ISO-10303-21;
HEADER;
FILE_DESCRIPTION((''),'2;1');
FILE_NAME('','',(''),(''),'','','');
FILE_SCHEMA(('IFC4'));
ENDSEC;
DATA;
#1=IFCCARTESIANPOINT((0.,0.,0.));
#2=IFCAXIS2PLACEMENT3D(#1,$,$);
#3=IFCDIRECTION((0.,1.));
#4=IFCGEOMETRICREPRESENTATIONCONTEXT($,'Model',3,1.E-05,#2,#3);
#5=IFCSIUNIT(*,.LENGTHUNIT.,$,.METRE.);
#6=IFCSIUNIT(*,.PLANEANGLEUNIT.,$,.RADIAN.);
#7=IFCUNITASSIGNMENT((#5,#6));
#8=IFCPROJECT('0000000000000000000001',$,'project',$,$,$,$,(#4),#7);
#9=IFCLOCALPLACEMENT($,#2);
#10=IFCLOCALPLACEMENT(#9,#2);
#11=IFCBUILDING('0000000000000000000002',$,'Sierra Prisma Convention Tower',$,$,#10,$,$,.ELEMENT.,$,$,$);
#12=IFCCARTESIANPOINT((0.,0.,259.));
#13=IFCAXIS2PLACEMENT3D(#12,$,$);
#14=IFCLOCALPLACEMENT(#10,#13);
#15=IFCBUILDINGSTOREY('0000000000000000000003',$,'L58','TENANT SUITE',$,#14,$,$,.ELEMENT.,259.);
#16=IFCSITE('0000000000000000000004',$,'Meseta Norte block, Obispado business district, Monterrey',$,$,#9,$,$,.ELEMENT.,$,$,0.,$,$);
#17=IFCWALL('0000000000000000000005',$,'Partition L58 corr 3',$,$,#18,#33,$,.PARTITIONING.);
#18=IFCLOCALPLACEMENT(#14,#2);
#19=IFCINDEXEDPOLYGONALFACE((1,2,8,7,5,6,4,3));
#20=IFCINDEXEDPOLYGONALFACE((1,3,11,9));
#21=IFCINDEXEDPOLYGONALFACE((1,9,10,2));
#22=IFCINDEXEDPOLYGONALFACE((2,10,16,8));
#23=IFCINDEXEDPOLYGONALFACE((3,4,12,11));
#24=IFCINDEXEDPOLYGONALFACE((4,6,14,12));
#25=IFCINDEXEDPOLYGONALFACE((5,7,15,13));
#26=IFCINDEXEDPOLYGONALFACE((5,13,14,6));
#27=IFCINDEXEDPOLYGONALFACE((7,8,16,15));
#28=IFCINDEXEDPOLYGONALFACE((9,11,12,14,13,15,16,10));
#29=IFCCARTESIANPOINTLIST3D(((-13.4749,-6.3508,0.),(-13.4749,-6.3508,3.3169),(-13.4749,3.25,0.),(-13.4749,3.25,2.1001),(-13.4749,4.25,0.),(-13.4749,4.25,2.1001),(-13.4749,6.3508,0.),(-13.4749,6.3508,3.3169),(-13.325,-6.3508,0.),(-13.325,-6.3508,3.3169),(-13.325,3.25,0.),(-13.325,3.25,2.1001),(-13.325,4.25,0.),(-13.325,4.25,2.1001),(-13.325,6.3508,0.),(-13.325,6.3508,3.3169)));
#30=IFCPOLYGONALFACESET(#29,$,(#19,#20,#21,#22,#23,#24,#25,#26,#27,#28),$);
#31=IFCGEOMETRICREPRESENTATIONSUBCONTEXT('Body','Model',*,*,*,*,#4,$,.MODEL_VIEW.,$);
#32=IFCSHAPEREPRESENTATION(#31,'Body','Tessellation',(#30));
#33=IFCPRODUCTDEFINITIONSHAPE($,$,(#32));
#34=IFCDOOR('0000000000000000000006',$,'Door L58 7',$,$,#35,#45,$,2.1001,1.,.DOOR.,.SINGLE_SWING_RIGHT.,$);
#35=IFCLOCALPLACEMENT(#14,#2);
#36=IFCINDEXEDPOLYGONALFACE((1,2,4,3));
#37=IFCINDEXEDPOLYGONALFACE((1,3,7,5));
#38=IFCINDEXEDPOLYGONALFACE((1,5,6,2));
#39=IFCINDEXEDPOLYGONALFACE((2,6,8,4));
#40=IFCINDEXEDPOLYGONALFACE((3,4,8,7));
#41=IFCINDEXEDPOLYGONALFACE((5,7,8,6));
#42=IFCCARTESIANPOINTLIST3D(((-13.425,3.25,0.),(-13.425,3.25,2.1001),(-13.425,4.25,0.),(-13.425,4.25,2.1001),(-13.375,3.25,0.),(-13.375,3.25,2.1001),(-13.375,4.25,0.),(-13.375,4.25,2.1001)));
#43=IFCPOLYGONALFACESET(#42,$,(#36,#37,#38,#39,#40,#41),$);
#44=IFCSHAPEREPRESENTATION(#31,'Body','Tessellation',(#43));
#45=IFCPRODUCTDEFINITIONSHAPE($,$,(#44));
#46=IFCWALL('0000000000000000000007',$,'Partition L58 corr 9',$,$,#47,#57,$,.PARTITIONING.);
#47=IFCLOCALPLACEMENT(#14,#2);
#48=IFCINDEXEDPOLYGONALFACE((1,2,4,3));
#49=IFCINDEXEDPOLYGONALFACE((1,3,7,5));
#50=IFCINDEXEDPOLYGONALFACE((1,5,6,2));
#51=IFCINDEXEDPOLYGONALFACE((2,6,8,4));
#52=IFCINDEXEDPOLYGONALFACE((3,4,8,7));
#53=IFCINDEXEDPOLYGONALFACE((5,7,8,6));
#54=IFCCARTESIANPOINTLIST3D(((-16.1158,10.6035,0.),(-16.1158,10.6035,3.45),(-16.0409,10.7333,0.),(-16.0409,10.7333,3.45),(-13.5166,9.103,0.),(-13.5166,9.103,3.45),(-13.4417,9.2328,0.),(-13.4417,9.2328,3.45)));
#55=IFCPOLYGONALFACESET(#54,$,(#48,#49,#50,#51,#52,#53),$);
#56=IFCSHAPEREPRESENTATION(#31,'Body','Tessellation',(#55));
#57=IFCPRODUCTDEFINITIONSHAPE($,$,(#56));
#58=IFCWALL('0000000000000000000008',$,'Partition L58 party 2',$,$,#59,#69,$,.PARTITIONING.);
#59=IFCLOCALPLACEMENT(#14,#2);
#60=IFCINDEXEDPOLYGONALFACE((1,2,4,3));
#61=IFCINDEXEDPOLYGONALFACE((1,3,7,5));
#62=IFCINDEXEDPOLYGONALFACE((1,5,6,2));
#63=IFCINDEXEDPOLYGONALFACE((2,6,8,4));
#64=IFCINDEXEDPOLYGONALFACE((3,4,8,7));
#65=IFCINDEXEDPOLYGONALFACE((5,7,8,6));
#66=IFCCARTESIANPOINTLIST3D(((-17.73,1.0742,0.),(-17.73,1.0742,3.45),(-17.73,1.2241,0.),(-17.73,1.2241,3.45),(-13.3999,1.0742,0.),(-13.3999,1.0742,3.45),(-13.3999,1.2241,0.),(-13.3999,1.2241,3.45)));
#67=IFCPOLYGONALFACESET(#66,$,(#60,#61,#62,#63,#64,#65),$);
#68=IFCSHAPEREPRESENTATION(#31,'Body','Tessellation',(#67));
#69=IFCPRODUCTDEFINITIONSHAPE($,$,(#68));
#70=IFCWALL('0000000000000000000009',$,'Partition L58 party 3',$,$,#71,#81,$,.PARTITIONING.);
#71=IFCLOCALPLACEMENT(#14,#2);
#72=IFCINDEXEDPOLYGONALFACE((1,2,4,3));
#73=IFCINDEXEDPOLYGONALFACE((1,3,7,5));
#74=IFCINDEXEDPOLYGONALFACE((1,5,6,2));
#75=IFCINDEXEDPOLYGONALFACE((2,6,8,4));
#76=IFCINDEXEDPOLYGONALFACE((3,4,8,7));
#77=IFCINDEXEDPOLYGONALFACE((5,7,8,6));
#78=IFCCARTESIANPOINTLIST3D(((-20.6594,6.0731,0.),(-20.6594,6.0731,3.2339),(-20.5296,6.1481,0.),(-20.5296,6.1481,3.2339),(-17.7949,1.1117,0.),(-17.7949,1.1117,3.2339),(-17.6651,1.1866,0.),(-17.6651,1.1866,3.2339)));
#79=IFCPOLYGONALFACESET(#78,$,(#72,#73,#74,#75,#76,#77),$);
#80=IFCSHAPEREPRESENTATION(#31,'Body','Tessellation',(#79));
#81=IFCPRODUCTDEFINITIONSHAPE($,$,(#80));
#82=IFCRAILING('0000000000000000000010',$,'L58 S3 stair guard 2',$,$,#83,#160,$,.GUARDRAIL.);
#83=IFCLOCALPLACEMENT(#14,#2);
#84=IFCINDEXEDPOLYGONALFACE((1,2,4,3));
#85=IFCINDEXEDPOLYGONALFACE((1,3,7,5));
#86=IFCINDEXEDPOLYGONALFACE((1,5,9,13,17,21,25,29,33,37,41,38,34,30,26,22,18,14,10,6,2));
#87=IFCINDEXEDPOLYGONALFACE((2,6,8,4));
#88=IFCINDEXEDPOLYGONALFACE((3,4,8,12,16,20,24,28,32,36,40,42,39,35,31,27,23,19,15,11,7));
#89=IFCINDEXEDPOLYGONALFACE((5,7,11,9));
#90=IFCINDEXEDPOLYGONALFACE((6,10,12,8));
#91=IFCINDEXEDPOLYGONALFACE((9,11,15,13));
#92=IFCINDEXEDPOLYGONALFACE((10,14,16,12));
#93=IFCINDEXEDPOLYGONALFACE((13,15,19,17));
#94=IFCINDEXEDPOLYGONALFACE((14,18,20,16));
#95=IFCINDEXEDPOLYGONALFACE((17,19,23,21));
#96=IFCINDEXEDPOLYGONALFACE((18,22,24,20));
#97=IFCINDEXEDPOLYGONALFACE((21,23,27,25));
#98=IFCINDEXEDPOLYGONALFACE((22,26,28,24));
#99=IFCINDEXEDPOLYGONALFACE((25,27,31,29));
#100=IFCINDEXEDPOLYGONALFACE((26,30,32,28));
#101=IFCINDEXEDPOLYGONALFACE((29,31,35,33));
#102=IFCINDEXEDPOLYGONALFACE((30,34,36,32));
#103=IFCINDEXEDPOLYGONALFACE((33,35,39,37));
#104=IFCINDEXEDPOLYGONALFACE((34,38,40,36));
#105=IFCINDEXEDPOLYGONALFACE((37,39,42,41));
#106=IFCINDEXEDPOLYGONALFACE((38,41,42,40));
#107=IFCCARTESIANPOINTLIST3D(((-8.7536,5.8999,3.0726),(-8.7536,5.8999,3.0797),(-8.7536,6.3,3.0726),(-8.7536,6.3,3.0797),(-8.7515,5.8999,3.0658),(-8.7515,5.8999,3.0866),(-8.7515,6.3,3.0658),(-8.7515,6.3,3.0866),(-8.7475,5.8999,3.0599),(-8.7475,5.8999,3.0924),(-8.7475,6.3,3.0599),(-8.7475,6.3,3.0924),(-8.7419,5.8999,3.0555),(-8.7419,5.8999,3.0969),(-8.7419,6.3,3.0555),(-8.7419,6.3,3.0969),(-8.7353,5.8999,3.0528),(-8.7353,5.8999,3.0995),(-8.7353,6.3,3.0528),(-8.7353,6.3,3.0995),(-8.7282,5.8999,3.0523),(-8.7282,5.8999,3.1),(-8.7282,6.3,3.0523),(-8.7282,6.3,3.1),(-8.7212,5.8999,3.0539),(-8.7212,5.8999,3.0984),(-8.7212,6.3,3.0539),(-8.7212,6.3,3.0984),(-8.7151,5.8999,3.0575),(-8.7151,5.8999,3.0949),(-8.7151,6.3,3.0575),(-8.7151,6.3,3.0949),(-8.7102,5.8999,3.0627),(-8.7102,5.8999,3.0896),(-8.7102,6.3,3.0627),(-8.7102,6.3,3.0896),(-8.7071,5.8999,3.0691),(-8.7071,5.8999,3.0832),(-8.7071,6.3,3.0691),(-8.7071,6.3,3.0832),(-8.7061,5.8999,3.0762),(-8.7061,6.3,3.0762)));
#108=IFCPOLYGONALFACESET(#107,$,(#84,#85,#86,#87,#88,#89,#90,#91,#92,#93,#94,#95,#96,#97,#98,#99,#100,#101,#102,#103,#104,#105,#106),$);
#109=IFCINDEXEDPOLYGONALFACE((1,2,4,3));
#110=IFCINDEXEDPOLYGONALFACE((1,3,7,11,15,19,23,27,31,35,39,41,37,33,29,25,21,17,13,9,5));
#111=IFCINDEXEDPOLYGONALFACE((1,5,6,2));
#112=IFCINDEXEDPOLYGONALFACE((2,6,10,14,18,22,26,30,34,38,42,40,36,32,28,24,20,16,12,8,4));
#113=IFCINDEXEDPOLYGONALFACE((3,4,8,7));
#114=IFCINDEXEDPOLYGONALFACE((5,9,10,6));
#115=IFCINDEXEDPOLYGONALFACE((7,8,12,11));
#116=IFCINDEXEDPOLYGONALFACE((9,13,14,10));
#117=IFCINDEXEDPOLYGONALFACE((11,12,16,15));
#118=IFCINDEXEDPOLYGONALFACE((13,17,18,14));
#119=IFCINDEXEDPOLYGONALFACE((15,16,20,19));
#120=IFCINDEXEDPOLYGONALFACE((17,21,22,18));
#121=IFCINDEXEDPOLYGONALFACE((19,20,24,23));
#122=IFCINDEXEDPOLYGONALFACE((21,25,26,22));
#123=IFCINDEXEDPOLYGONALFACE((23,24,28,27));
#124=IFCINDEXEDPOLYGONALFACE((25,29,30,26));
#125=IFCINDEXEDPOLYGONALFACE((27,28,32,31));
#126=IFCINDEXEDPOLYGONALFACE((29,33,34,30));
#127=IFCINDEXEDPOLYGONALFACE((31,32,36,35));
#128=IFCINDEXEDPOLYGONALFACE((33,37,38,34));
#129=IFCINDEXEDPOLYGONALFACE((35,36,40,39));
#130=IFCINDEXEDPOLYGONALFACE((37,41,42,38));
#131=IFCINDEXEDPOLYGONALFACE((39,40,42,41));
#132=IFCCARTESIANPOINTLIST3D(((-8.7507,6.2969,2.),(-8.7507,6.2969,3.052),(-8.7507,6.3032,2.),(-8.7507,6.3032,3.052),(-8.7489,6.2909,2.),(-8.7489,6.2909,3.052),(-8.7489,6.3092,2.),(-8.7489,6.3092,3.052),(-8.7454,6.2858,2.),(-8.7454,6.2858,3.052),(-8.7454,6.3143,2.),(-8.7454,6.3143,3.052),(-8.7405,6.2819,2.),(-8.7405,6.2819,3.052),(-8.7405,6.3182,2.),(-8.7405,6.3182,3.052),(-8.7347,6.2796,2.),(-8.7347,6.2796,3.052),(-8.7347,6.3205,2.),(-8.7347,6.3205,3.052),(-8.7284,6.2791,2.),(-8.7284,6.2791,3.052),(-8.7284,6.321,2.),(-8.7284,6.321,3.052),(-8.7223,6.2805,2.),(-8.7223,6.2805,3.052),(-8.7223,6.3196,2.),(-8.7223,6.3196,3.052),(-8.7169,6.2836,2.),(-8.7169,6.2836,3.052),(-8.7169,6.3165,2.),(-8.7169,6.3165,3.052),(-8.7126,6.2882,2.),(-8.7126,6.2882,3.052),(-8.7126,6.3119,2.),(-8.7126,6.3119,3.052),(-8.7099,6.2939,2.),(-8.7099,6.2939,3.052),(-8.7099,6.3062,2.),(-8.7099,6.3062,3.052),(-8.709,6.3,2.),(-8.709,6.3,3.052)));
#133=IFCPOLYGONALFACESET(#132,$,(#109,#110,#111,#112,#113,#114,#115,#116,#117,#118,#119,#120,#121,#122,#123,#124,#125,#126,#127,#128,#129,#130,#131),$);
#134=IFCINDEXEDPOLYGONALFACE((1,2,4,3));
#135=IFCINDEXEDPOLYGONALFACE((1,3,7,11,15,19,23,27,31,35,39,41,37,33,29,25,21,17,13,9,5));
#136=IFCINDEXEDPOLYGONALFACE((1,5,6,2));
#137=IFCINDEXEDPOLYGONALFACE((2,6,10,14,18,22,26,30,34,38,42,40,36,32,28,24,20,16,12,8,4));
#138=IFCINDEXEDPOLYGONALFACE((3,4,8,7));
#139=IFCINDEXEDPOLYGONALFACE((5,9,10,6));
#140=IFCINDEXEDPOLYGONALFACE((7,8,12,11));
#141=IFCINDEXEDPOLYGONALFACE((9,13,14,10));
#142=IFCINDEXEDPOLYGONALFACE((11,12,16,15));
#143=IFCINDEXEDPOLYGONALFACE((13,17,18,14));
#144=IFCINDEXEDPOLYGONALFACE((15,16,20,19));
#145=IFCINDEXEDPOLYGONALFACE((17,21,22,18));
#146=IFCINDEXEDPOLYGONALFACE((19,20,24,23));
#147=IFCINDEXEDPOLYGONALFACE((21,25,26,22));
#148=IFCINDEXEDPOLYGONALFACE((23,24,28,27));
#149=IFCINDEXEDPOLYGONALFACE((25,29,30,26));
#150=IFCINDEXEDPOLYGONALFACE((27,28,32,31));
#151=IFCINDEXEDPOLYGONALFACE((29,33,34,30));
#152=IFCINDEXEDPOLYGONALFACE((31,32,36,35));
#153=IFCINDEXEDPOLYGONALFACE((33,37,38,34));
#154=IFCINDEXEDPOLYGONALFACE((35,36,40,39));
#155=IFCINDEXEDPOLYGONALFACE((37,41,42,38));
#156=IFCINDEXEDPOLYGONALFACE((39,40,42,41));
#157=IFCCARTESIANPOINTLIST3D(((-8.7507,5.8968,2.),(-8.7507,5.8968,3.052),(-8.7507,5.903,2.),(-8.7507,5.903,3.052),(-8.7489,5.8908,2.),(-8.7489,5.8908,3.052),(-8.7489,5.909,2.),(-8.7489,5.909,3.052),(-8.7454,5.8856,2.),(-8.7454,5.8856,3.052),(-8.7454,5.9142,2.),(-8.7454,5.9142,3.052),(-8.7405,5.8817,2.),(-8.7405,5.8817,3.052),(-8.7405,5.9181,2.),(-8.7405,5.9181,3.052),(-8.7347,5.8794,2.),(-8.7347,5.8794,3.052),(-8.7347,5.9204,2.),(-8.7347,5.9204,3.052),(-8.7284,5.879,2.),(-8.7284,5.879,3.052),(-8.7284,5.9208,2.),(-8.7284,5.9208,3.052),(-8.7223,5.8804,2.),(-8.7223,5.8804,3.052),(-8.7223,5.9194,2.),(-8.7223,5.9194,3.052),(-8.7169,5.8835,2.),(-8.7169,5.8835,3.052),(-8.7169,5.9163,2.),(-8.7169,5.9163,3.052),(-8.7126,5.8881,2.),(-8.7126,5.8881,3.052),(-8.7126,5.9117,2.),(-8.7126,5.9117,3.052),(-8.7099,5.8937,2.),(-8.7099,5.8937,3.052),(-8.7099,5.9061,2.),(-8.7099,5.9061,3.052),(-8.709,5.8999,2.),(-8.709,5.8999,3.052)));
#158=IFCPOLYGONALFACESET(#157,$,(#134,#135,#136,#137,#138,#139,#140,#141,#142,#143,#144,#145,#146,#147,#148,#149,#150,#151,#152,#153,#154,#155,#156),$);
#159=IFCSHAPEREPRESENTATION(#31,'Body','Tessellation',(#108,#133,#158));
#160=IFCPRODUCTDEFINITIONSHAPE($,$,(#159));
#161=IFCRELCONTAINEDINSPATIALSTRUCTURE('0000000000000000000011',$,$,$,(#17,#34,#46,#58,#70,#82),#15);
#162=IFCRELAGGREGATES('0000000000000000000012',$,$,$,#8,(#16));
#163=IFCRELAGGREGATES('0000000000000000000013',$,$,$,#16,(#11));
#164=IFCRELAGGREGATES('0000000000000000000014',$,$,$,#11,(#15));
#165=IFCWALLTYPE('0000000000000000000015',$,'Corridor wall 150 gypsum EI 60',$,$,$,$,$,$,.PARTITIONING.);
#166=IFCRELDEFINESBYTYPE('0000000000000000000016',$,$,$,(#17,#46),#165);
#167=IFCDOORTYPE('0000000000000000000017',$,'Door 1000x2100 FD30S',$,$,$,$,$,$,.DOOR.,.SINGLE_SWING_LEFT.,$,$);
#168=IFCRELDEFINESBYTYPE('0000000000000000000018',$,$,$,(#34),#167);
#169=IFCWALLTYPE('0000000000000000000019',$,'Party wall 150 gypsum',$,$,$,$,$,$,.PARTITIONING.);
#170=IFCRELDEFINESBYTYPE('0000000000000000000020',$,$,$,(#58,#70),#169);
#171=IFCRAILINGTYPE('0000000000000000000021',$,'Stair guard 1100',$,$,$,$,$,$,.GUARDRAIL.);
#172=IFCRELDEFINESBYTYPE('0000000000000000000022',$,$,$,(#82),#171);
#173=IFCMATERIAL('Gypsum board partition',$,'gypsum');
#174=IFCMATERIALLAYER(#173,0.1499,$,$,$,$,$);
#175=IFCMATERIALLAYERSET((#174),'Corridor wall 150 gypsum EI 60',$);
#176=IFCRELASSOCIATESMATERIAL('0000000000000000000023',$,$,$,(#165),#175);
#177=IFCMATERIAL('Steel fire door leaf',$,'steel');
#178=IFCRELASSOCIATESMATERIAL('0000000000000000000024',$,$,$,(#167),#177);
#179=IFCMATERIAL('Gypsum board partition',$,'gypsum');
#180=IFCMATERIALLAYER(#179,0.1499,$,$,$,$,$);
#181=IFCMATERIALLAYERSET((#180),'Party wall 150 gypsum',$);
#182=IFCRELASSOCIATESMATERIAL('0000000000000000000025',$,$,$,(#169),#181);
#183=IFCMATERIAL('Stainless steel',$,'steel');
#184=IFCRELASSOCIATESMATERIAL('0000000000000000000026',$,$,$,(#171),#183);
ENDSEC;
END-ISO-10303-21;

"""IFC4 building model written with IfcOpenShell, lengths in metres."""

from ifc_helpers import new_model, si_unit, direction, frame, frame_2d, origin, origin_2d, place, context, subcontext, project, spatial, rectangle, circle, extrude, material, layer, layer_set, type_object, element, fill, save


model = new_model("IFC4")

# Units and contexts
model_context = context("Model", 3, precision=1e-05, world=origin(), true_north=direction((0.0, 1.0)))
body_context = subcontext(model_context, "Body", "Model", "MODEL_VIEW")
ifc_project = project(units=[si_unit("LENGTHUNIT", "METRE"), si_unit("PLANEANGLEUNIT", "RADIAN")], contexts=[model_context])

# Site, building, storey
site_placement = place(None, origin())
site = spatial("IfcSite", under=ifc_project, at=site_placement, Name="Meseta Norte block, Obispado business district, Monterrey", CompositionType="ELEMENT", RefElevation=0.0)
building_placement = place(site_placement, origin())
building = spatial("IfcBuilding", under=site, at=building_placement, Name="Sierra Prisma Convention Tower", CompositionType="ELEMENT")
storey_placement = place(building_placement, frame((0.0, 0.0, 259.0)))
storey = spatial("IfcBuildingStorey", under=building, at=storey_placement, Name="L58", Description="TENANT SUITE", CompositionType="ELEMENT", Elevation=259.0)

# Shared definitions
ifc_material_1 = material(Name="Gypsum board partition", Category="gypsum")
ifc_layer_1 = layer(ifc_material_1, 0.1499)
ifc_layer_set_1 = layer_set([ifc_layer_1], Name="Corridor wall 150 gypsum EI 60")
wall_type_1 = type_object("IfcWallType", Name="Corridor wall 150 gypsum EI 60", PredefinedType="PARTITIONING", material=ifc_layer_set_1)

# Wall, opening, door
wall_1_placement = place(storey_placement, frame((-13.3999, 6.3508, 0.0), z_axis=(0.0, 0.0, 1.0), x_axis=(0.0, -1.0, 0.0)))
wall_1 = element("IfcWall", 1, at=wall_1_placement, inside=storey, type_object=wall_type_1, Name="Partition L58 corr 3", PredefinedType="PARTITIONING", context=body_context, shape_type="SweptSolid", body=[
    extrude(rectangle(XDim=12.7017, YDim=0.1499, at=frame_2d((6.3508, 0.0))), origin(), (0.0, 0.0, 1.0), 3.3169),
])
opening_1_placement = place(wall_1_placement, frame((2.1008, 0.0, 0.0)))
opening_1 = element("IfcOpeningElement", 2, at=opening_1_placement, cuts=wall_1, PredefinedType="OPENING", context=body_context, shape_type="SweptSolid", body=[
    extrude(rectangle(XDim=1.0, YDim=2.1001, at=frame_2d((0.5, 1.05))), frame((0.0, 0.075, 0.0), z_axis=(0.0, -1.0, 0.0), x_axis=(1.0, 0.0, 0.0)), (0.0, 0.0, 1.0), 0.1499),
])
ifc_material_2 = material(Name="Steel fire door leaf", Category="steel")
door_type_1 = type_object("IfcDoorType", Name="Door 1000x2100 FD30S", OperationType="SINGLE_SWING_LEFT", PredefinedType="DOOR", material=ifc_material_2)
door_1_placement = place(opening_1_placement, origin())
door_1 = element("IfcDoor", 3, at=door_1_placement, inside=storey, type_object=door_type_1, Name="Door L58 7", OperationType="SINGLE_SWING_RIGHT", OverallHeight=2.1001, OverallWidth=1.0, PredefinedType="DOOR", context=body_context, shape_type="SweptSolid", body=[
    extrude(rectangle(XDim=1.0, YDim=2.1001, at=frame_2d((0.5, 1.05))), frame((0.0, 0.0249, 0.0), z_axis=(0.0, -1.0, 0.0), x_axis=(1.0, 0.0, 0.0)), (0.0, 0.0, 1.0), 0.05),
])
fill(opening_1, door_1)

# Walls
wall_2_placement = place(storey_placement, frame((-13.4792, 9.168, 0.0), z_axis=(0.0, 0.0, 1.0), x_axis=(-0.866042, 0.499971, 0.0)))
element("IfcWall", 4, at=wall_2_placement, inside=storey, type_object=wall_type_1, Name="Partition L58 corr 9", PredefinedType="PARTITIONING", context=body_context, shape_type="SweptSolid", body=[
    extrude(rectangle(XDim=3.0012, YDim=0.1499, at=frame_2d((1.5005, 0.0))), origin(), (0.0, 0.0, 1.0), 3.45),
])
ifc_material_3 = material(Name="Gypsum board partition", Category="gypsum")
ifc_layer_2 = layer(ifc_material_3, 0.1499)
ifc_layer_set_2 = layer_set([ifc_layer_2], Name="Party wall 150 gypsum")
wall_type_2 = type_object("IfcWallType", Name="Party wall 150 gypsum", PredefinedType="PARTITIONING", material=ifc_layer_set_2)
wall_3_placement = place(storey_placement, frame((-13.3999, 1.1492, 0.0), z_axis=(0.0, 0.0, 1.0), x_axis=(-1.0, 0.0, 0.0)))
element("IfcWall", 5, at=wall_3_placement, inside=storey, type_object=wall_type_2, Name="Partition L58 party 2", PredefinedType="PARTITIONING", context=body_context, shape_type="SweptSolid", body=[
    extrude(rectangle(XDim=4.3301, YDim=0.1499, at=frame_2d((2.165, 0.0))), origin(), (0.0, 0.0, 1.0), 3.45),
])
wall_4_placement = place(storey_placement, frame((-17.73, 1.1492, 0.0), z_axis=(0.0, 0.0, 1.0), x_axis=(-0.500003, 0.866024, 0.0)))
element("IfcWall", 6, at=wall_4_placement, inside=storey, type_object=wall_type_2, Name="Partition L58 party 3", PredefinedType="PARTITIONING", context=body_context, shape_type="SweptSolid", body=[
    extrude(rectangle(XDim=5.729, YDim=0.1499, at=frame_2d((2.8645, 0.0))), origin(), (0.0, 0.0, 1.0), 3.2339),
])

# Railing
ifc_material_4 = material(Name="Stainless steel", Category="steel")
railing_type = type_object("IfcRailingType", Name="Stair guard 1100", PredefinedType="GUARDRAIL", material=ifc_material_4)
railing_placement = place(storey_placement, frame((-8.73, 6.3, 2.0)))
element("IfcRailing", 7, at=railing_placement, inside=storey, type_object=railing_type, Name="L58 S3 stair guard 2", PredefinedType="GUARDRAIL", context=body_context, shape_type="SweptSolid", body=[
    extrude(circle(Radius=0.0239, at=origin_2d()), frame((0.0, 0.0, 1.0762), z_axis=(0.0, -1.0, 0.0), x_axis=(1.0, 0.0, 0.0)), (0.0, 0.0, 1.0), 0.4001),
    extrude(circle(Radius=0.021, at=origin_2d()), origin(), (0.0, 0.0, 1.0), 1.052),
    extrude(circle(Radius=0.021, at=origin_2d()), frame((0.0, -0.4001, 0.0)), (0.0, 0.0, 1.0), 1.052),
])

save(model, "model.ifc")
